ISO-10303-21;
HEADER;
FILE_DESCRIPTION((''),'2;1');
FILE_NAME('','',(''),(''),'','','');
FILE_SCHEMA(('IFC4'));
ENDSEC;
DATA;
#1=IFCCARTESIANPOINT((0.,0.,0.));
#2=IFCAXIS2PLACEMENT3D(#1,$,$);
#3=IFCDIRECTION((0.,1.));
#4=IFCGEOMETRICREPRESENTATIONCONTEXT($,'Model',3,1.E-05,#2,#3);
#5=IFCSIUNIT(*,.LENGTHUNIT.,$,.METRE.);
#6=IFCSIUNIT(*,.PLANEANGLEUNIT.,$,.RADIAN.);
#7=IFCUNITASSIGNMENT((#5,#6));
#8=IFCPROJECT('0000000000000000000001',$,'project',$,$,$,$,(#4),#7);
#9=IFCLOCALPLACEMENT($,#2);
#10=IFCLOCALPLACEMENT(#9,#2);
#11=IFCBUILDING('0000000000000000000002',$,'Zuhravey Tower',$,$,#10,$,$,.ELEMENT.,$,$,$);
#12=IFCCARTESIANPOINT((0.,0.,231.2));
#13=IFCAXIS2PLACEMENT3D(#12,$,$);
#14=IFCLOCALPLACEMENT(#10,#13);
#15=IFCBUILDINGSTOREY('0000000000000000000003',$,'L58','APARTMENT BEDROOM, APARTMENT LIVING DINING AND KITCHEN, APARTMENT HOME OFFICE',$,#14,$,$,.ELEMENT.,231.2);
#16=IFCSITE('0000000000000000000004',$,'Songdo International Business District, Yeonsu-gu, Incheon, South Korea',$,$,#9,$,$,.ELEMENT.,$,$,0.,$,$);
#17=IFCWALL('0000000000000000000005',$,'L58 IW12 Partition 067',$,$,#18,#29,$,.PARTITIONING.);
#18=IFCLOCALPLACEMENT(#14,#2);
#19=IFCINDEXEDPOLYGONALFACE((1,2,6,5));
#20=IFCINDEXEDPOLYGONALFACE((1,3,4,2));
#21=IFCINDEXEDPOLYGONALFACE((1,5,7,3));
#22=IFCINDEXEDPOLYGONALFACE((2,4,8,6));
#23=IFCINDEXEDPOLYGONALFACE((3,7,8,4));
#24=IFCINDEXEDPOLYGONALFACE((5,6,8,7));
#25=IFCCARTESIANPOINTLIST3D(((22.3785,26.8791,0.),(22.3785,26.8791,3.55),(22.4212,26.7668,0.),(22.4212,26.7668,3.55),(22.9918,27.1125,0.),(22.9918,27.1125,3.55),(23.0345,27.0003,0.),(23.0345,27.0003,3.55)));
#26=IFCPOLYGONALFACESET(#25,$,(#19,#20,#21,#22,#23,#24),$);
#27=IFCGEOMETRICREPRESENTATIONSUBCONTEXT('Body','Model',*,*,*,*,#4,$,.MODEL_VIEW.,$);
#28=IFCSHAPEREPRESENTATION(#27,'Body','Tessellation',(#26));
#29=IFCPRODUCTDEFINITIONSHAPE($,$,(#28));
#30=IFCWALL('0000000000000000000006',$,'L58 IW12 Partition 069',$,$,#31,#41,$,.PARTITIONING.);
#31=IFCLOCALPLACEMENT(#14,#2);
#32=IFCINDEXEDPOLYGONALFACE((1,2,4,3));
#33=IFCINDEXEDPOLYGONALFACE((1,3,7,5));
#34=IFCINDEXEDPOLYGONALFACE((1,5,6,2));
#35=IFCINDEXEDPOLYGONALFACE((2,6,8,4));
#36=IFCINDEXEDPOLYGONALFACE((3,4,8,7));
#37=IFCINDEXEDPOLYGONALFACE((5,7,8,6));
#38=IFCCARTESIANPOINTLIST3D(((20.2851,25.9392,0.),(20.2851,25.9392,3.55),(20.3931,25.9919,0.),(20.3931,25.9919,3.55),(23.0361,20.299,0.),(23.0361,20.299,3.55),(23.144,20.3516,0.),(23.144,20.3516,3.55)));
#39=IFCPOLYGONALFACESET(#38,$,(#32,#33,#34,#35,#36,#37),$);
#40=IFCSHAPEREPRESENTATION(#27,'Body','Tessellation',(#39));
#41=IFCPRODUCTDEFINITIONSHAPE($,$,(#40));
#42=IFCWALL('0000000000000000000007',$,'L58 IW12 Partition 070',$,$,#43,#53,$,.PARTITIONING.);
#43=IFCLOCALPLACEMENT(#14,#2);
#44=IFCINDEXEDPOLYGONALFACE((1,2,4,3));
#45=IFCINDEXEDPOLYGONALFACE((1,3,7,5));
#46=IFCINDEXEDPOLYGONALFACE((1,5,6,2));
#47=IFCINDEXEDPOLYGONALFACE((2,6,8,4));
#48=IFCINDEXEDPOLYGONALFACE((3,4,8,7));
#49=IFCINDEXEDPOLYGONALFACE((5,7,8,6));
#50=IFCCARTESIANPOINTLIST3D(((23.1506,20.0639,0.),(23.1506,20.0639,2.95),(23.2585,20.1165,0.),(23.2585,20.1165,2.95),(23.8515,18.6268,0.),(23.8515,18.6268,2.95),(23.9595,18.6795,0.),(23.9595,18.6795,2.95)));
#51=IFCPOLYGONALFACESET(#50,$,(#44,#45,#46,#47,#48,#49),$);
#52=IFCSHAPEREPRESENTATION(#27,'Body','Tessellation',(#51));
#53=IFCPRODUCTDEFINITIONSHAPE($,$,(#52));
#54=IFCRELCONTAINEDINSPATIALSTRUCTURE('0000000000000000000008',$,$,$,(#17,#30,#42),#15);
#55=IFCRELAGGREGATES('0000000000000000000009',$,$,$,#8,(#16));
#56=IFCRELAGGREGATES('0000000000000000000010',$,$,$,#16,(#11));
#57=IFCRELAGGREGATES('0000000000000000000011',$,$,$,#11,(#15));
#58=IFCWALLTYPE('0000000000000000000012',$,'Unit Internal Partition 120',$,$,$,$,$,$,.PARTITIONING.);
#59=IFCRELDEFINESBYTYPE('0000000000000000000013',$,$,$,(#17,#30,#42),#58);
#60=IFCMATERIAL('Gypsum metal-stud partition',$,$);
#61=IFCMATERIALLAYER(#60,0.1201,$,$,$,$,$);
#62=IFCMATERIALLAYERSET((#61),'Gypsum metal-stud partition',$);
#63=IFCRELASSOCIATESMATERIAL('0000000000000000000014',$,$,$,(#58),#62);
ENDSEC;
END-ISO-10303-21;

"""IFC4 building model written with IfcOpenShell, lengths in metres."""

from ifc_helpers import new_model, si_unit, direction, frame, frame_2d, origin, place, context, subcontext, project, spatial, rectangle, extrude, material, layer, layer_set, type_object, element, save


model = new_model("IFC4")

# Units and contexts
model_context = context("Model", 3, precision=1e-05, world=origin(), true_north=direction((0.0, 1.0)))
body_context = subcontext(model_context, "Body", "Model", "MODEL_VIEW")
ifc_project = project(units=[si_unit("LENGTHUNIT", "METRE"), si_unit("PLANEANGLEUNIT", "RADIAN")], contexts=[model_context])

# Site, building, storey
site_placement = place(None, origin())
site = spatial("IfcSite", under=ifc_project, at=site_placement, Name="Songdo International Business District, Yeonsu-gu, Incheon, South Korea", CompositionType="ELEMENT", RefElevation=0.0)
building_placement = place(site_placement, origin())
building = spatial("IfcBuilding", under=site, at=building_placement, Name="Zuhravey Tower", CompositionType="ELEMENT")
storey_placement = place(building_placement, frame((0.0, 0.0, 231.2)))
storey = spatial("IfcBuildingStorey", under=building, at=storey_placement, Name="L58", Description="APARTMENT BEDROOM, APARTMENT LIVING DINING AND KITCHEN, APARTMENT HOME OFFICE", CompositionType="ELEMENT", Elevation=231.2)

# Shared definitions
ifc_material_1 = material(Name="Gypsum metal-stud partition")
ifc_layer_1 = layer(ifc_material_1, 0.1201)
ifc_layer_set_1 = layer_set([ifc_layer_1], Name="Gypsum metal-stud partition")
wall_type_1 = type_object("IfcWallType", Name="Unit Internal Partition 120", PredefinedType="PARTITIONING", material=ifc_layer_set_1)

# Walls
wall_1_placement = place(storey_placement, frame((23.0132, 27.0564, 0.0), z_axis=(0.0, 0.0, 1.0), x_axis=(-0.934606, -0.355686, 0.0)))
element("IfcWall", 1, at=wall_1_placement, inside=storey, type_object=wall_type_1, Name="L58 IW12 Partition 067", PredefinedType="PARTITIONING", context=body_context, shape_type="SweptSolid", body=[
    extrude(rectangle(XDim=0.6562, YDim=0.1201, at=frame_2d((0.3281, 0.0))), origin(), (0.0, 0.0, 1.0), 3.55),
])
wall_2_placement = place(storey_placement, frame((20.3391, 25.9656, 0.0), z_axis=(0.0, 0.0, 1.0), x_axis=(0.438368, -0.898795, 0.0)))
element("IfcWall", 2, at=wall_2_placement, inside=storey, type_object=wall_type_1, Name="L58 IW12 Partition 069", PredefinedType="PARTITIONING", context=body_context, shape_type="SweptSolid", body=[
    extrude(rectangle(XDim=6.2754, YDim=0.1201, at=frame_2d((3.1377, 0.0))), origin(), (0.0, 0.0, 1.0), 3.55),
])
wall_3_placement = place(storey_placement, frame((23.2046, 20.0901, 0.0), z_axis=(0.0, 0.0, 1.0), x_axis=(0.438397, -0.898782, 0.0)))
element("IfcWall", 3, at=wall_3_placement, inside=storey, type_object=wall_type_1, Name="L58 IW12 Partition 070", PredefinedType="PARTITIONING", context=body_context, shape_type="SweptSolid", body=[
    extrude(rectangle(XDim=1.5989, YDim=0.1201, at=frame_2d((0.7993, 0.0))), origin(), (0.0, 0.0, 1.0), 2.95),
])

save(model, "model.ifc")
